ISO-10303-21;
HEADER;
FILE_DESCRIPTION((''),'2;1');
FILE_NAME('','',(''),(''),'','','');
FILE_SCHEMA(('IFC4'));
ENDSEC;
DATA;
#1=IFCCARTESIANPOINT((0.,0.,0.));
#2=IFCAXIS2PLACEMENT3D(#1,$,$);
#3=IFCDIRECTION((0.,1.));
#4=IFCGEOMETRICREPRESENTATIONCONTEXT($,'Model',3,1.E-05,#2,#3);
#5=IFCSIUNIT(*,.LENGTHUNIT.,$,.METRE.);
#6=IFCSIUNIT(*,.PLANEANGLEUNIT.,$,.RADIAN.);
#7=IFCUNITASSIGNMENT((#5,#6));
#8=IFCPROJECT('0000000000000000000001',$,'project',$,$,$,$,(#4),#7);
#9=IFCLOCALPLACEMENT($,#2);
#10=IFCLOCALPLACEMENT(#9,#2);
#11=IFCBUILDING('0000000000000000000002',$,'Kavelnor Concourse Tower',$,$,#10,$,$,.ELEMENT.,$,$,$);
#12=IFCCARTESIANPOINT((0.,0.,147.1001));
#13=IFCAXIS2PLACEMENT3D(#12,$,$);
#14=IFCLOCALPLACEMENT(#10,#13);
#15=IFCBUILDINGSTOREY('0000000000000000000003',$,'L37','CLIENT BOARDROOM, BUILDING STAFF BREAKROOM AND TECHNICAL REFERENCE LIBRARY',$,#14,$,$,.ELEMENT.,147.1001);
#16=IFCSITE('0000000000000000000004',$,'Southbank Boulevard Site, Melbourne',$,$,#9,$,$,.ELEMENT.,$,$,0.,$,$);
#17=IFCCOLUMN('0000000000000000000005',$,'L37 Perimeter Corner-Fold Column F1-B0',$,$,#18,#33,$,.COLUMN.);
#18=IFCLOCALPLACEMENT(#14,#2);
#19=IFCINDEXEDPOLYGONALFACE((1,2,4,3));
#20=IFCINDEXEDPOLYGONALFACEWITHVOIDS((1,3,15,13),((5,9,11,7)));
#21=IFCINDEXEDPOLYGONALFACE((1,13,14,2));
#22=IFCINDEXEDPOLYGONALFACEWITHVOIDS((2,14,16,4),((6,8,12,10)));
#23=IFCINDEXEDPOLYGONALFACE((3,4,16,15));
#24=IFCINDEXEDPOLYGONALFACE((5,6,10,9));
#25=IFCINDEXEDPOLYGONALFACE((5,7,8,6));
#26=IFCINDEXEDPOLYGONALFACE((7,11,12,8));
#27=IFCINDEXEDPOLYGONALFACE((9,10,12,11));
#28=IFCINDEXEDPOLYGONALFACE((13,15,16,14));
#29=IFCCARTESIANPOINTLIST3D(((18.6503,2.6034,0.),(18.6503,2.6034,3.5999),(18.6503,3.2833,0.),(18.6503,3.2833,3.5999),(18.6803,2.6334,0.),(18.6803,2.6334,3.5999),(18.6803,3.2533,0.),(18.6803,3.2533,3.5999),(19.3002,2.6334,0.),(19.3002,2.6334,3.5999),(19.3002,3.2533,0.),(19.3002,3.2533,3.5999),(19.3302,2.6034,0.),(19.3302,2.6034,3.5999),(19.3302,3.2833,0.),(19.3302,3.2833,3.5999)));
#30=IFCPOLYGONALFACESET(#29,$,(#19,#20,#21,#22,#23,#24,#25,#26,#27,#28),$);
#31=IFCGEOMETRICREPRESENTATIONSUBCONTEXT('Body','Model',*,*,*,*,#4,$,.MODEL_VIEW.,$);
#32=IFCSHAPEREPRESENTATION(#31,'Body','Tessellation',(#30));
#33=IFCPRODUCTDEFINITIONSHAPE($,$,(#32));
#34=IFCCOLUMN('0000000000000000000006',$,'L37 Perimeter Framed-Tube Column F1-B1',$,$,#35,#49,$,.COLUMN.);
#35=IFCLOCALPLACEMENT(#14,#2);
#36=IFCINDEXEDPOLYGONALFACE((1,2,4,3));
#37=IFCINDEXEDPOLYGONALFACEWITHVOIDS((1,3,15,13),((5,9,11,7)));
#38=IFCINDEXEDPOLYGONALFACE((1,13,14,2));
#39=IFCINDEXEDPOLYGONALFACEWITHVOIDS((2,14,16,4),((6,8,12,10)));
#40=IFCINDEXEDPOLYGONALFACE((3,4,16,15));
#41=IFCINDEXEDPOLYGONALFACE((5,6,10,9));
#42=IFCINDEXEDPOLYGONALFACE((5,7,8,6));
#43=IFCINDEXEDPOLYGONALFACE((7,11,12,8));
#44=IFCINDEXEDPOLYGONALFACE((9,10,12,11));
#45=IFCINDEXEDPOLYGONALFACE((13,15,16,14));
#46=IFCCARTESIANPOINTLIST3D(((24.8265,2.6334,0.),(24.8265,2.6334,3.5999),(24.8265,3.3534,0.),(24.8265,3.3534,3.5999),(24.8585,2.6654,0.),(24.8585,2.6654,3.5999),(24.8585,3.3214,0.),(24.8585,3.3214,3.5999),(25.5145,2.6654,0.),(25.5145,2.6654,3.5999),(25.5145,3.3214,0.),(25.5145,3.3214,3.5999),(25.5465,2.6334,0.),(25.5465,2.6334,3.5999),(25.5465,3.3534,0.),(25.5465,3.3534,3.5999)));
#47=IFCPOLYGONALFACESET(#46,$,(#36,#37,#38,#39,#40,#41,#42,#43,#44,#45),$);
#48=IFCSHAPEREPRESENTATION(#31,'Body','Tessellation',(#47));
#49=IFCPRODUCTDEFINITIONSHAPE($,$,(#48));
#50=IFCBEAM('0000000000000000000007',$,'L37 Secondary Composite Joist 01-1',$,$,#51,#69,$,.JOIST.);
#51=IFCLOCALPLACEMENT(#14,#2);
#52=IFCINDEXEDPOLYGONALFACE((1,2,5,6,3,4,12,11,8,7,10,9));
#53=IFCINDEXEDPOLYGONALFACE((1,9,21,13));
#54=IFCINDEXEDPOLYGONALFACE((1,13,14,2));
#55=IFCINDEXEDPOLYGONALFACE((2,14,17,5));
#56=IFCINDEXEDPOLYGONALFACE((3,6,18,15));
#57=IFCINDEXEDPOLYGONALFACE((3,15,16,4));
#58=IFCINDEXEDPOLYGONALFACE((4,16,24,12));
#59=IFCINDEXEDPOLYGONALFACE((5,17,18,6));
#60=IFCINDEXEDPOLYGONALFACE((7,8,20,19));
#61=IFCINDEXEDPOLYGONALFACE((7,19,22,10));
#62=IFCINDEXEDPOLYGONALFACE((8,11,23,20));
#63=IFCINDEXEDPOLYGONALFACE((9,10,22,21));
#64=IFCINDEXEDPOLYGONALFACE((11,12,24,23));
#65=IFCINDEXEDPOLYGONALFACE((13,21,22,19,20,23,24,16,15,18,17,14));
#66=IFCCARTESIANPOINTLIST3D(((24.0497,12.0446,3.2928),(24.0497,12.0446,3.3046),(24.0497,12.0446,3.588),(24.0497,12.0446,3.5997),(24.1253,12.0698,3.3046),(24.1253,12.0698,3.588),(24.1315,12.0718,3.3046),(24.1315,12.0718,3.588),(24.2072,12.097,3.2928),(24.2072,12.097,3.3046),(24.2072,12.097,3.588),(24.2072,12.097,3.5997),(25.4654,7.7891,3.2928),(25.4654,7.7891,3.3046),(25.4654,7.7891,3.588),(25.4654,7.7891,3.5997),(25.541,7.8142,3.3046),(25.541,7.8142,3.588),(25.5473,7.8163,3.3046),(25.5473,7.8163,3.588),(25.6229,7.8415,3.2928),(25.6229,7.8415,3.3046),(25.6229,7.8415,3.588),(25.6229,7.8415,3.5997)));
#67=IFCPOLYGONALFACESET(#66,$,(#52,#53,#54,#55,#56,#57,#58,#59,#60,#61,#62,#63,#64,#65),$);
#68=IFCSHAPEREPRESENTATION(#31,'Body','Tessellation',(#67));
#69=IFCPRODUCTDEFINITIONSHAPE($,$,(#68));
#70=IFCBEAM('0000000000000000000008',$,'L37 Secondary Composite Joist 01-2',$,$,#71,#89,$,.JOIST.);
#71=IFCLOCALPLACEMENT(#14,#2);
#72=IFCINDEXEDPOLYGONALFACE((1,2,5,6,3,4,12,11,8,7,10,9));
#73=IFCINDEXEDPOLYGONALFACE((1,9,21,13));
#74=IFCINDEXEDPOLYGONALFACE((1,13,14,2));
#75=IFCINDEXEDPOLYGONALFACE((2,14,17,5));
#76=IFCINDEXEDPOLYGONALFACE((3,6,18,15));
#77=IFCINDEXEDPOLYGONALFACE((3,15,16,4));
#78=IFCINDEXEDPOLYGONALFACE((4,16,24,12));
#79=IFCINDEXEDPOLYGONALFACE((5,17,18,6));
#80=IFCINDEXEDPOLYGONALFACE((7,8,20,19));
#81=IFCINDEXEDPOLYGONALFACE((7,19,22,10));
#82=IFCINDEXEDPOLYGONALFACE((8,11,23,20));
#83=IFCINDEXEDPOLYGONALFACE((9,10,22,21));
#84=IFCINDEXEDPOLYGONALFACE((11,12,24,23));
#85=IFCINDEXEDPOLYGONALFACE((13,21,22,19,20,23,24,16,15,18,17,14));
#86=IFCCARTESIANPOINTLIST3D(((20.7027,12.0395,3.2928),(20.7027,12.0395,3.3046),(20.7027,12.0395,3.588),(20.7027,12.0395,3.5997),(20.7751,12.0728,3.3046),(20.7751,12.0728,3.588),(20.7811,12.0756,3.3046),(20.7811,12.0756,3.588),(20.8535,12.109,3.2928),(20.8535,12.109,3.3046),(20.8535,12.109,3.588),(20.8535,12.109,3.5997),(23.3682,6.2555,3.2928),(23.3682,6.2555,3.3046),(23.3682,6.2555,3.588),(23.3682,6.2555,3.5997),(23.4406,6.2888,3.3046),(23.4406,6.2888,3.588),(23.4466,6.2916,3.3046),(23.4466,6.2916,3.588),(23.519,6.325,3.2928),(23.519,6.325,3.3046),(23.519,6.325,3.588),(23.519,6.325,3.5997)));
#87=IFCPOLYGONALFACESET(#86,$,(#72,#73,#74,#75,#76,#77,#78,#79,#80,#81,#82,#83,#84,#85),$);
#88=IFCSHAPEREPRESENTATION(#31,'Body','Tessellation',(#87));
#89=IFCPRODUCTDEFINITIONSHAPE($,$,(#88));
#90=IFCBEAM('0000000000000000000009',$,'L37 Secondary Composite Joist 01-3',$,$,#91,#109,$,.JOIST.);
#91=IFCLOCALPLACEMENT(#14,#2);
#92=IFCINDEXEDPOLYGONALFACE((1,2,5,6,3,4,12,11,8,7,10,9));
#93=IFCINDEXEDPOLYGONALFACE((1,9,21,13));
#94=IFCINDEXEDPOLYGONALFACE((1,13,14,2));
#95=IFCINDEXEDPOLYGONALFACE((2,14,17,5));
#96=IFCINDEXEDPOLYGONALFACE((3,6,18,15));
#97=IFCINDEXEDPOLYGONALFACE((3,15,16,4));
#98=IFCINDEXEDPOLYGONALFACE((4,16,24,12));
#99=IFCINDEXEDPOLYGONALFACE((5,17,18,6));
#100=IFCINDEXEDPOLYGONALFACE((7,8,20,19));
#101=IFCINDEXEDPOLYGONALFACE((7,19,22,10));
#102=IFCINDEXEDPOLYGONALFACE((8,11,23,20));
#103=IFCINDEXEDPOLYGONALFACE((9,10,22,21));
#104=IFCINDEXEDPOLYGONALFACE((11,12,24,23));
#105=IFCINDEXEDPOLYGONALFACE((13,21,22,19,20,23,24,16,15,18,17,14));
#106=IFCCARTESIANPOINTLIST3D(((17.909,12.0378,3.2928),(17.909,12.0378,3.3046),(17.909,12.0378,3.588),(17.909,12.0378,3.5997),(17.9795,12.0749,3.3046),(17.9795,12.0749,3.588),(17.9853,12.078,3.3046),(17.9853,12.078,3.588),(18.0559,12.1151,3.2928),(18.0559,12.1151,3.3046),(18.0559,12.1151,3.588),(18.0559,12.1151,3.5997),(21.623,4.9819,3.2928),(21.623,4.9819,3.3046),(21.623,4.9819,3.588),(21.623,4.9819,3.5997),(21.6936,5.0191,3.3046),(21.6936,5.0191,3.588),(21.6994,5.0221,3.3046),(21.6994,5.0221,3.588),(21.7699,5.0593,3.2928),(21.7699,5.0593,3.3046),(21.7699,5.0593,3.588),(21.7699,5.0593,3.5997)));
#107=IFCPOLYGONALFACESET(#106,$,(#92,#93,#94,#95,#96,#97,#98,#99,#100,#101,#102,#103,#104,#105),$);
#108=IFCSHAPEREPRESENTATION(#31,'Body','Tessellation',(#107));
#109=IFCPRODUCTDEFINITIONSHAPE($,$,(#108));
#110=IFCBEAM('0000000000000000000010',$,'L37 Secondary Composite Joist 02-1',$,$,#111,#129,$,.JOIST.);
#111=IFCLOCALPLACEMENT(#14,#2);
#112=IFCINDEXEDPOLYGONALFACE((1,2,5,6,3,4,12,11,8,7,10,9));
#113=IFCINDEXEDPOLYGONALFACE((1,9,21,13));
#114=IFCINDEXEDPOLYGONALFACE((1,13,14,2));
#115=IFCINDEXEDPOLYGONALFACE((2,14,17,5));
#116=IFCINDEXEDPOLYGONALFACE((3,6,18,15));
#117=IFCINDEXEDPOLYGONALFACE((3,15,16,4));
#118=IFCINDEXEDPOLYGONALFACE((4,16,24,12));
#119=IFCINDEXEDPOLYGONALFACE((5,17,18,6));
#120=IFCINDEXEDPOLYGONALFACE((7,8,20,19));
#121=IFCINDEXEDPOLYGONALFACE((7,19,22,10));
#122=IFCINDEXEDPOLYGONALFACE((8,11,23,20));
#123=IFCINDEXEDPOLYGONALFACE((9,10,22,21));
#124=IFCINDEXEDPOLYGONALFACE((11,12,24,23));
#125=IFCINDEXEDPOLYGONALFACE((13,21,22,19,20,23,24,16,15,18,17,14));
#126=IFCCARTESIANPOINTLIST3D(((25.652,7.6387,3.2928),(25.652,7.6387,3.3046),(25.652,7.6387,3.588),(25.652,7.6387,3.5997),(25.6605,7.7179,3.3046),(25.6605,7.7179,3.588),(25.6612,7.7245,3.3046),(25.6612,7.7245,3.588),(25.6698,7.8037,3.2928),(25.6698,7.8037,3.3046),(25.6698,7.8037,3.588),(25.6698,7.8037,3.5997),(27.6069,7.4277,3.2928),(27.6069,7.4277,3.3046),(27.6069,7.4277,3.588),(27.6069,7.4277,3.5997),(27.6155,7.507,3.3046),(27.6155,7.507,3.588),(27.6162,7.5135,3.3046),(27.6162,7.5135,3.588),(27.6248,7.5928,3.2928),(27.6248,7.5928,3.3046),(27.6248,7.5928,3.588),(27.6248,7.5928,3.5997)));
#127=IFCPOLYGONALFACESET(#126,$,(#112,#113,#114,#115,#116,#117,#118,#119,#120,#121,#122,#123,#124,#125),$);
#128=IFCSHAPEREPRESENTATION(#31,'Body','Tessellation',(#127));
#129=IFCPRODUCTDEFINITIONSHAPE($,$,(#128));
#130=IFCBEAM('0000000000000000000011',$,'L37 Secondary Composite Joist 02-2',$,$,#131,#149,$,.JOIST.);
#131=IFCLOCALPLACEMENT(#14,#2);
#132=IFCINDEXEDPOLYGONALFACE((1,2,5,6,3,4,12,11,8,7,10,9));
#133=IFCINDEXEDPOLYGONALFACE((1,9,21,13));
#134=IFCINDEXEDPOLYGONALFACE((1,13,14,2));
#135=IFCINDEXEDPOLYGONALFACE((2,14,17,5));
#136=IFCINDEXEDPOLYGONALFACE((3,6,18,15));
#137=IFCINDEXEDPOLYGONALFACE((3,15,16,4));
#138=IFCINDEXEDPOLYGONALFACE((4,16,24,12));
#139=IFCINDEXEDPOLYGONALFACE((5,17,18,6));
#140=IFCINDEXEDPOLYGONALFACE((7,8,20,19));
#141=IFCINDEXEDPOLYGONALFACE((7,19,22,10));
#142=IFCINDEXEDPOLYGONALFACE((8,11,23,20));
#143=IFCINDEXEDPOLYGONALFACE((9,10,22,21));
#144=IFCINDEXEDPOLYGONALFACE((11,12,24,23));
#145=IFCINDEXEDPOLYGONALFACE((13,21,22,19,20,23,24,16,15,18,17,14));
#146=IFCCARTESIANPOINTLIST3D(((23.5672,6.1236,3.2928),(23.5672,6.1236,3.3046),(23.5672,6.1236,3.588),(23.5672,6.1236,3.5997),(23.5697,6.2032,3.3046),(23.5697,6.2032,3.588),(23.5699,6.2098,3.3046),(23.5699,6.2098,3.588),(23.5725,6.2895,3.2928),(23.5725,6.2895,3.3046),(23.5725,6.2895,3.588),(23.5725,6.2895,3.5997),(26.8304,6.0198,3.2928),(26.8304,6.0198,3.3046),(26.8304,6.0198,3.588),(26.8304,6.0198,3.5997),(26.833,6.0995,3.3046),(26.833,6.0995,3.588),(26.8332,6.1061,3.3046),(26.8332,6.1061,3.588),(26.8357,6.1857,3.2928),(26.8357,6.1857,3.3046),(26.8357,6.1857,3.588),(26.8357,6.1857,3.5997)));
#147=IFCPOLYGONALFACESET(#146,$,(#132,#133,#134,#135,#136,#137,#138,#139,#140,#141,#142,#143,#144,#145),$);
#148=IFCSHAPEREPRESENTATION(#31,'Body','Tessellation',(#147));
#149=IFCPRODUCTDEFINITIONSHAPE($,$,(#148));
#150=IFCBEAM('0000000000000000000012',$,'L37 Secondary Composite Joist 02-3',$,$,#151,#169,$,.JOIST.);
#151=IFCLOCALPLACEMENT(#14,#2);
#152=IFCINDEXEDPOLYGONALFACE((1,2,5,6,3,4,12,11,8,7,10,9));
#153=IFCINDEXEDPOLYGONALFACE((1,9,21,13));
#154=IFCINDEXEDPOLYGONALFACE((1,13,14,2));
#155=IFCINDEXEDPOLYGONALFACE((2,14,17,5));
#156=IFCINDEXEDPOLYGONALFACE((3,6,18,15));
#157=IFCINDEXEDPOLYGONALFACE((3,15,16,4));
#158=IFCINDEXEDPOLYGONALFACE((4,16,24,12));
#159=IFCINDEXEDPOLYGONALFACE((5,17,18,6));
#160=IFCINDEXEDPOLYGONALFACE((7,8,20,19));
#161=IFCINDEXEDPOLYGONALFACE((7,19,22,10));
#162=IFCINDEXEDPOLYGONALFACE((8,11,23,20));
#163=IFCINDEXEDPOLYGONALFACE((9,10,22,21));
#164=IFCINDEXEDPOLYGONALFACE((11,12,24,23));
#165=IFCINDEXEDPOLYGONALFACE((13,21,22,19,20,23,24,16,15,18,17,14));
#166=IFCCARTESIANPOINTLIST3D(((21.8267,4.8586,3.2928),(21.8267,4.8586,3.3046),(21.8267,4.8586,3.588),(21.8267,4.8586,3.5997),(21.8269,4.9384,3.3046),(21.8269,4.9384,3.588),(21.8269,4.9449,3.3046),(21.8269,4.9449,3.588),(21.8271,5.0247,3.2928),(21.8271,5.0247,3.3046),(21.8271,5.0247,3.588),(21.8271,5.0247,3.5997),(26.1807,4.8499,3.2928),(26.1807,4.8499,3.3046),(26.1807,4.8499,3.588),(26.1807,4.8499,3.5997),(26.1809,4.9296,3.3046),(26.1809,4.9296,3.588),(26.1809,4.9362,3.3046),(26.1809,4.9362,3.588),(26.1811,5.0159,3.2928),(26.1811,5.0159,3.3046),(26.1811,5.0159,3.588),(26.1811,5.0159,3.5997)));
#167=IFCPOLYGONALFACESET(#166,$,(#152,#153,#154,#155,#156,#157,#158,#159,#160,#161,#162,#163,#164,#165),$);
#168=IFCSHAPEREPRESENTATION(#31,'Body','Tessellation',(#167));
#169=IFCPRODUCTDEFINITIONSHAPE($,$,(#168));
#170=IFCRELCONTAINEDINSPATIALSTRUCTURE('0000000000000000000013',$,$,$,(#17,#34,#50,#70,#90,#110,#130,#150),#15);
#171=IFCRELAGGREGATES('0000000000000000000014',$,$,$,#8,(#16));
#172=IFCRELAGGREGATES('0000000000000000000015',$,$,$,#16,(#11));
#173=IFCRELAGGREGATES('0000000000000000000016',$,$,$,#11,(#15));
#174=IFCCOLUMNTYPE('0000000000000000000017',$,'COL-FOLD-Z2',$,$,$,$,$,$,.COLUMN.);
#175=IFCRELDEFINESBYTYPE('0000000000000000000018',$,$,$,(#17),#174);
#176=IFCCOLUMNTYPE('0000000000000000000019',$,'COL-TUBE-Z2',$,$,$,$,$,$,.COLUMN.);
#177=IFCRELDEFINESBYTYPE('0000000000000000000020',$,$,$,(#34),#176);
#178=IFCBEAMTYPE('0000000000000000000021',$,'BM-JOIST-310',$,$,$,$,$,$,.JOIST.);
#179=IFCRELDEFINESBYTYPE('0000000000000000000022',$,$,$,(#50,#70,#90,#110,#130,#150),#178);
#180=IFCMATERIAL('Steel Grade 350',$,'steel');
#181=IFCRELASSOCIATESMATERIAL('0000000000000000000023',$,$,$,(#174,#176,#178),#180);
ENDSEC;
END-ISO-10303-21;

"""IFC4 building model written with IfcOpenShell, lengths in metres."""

from ifc_helpers import new_model, si_unit, direction, frame, origin, origin_2d, place, context, subcontext, project, spatial, hollow_rectangle, i_section, extrude, material, material_profile, profile_set, type_object, element, save


model = new_model("IFC4")

# Units and contexts
model_context = context("Model", 3, precision=1e-05, world=origin(), true_north=direction((0.0, 1.0)))
body_context = subcontext(model_context, "Body", "Model", "MODEL_VIEW")
ifc_project = project(units=[si_unit("LENGTHUNIT", "METRE"), si_unit("PLANEANGLEUNIT", "RADIAN")], contexts=[model_context])

# Site, building, storey
site_placement = place(None, origin())
site = spatial("IfcSite", under=ifc_project, at=site_placement, Name="Southbank Boulevard Site, Melbourne", CompositionType="ELEMENT", RefElevation=0.0)
building_placement = place(site_placement, origin())
building = spatial("IfcBuilding", under=site, at=building_placement, Name="Kavelnor Concourse Tower", CompositionType="ELEMENT")
storey_placement = place(building_placement, frame((0.0, 0.0, 147.1001)))
storey = spatial("IfcBuildingStorey", under=building, at=storey_placement, Name="L37", Description="CLIENT BOARDROOM, BUILDING STAFF BREAKROOM AND TECHNICAL REFERENCE LIBRARY", CompositionType="ELEMENT", Elevation=147.1001)

# Columns
ifc_material_1 = material(Name="Steel Grade 350", Category="steel")
ifc_material_profile_1 = material_profile(ifc_material_1, hollow_rectangle(XDim=0.6799, YDim=0.6799, WallThickness=0.03, at=origin_2d()), Name="SHS 680x680x30")
ifc_profile_set_1 = profile_set([ifc_material_profile_1], Name="Steel Grade 350")
column_type_1 = type_object("IfcColumnType", Name="COL-FOLD-Z2", PredefinedType="COLUMN", material=ifc_profile_set_1)
column_1_placement = place(storey_placement, frame((18.9902, 2.9434, 0.0), z_axis=(0.0, 0.0, 1.0), x_axis=(1.0, 0.0, 0.0)))
element("IfcColumn", 1, at=column_1_placement, inside=storey, type_object=column_type_1, Name="L37 Perimeter Corner-Fold Column F1-B0", PredefinedType="COLUMN", context=body_context, shape_type="SweptSolid", body=[
    extrude(hollow_rectangle(XDim=0.6799, YDim=0.6799, WallThickness=0.03, at=origin_2d()), origin(), (0.0, 0.0, 1.0), 3.5999),
])
ifc_material_profile_2 = material_profile(ifc_material_1, hollow_rectangle(XDim=0.72, YDim=0.72, WallThickness=0.032, at=origin_2d()), Name="SHS 720x720x32")
ifc_profile_set_2 = profile_set([ifc_material_profile_2], Name="Steel Grade 350")
column_type_2 = type_object("IfcColumnType", Name="COL-TUBE-Z2", PredefinedType="COLUMN", material=ifc_profile_set_2)
column_2_placement = place(storey_placement, frame((25.1865, 2.9934, 0.0), z_axis=(0.0, 0.0, 1.0), x_axis=(1.0, 0.0, 0.0)))
element("IfcColumn", 2, at=column_2_placement, inside=storey, type_object=column_type_2, Name="L37 Perimeter Framed-Tube Column F1-B1", PredefinedType="COLUMN", context=body_context, shape_type="SweptSolid", body=[
    extrude(hollow_rectangle(XDim=0.72, YDim=0.72, WallThickness=0.032, at=origin_2d()), origin(), (0.0, 0.0, 1.0), 3.5999),
])

# Beams
ifc_material_profile_3 = material_profile(ifc_material_1, i_section(OverallWidth=0.166, OverallDepth=0.3069, WebThickness=0.0066, FlangeThickness=0.0117, at=origin_2d()), Name="310UB46")
ifc_profile_set_3 = profile_set([ifc_material_profile_3], Name="Steel Grade 350")
beam_type_1 = type_object("IfcBeamType", Name="BM-JOIST-310", PredefinedType="JOIST", material=ifc_profile_set_3)
beam_1_placement = place(storey_placement, frame((24.1284, 12.0708, 3.4463), z_axis=(0.315672, -0.948868, 0.0), x_axis=(0.948868, 0.315672, 0.0)))
element("IfcBeam", 3, at=beam_1_placement, inside=storey, type_object=beam_type_1, Name="L37 Secondary Composite Joist 01-1", PredefinedType="JOIST", context=body_context, shape_type="SweptSolid", body=[
    extrude(i_section(OverallWidth=0.166, OverallDepth=0.3069, WebThickness=0.0066, FlangeThickness=0.0117, at=origin_2d()), origin(), (0.0, 0.0, 1.0), 4.4849),
])
beam_2_placement = place(storey_placement, frame((20.7781, 12.0742, 3.4463), z_axis=(0.418543, -0.908197, 0.0), x_axis=(0.908197, 0.418543, 0.0)))
element("IfcBeam", 4, at=beam_2_placement, inside=storey, type_object=beam_type_1, Name="L37 Secondary Composite Joist 01-2", PredefinedType="JOIST", context=body_context, shape_type="SweptSolid", body=[
    extrude(i_section(OverallWidth=0.166, OverallDepth=0.3069, WebThickness=0.0066, FlangeThickness=0.0117, at=origin_2d()), origin(), (0.0, 0.0, 1.0), 6.3687),
])
beam_3_placement = place(storey_placement, frame((17.9824, 12.0764, 3.4463), z_axis=(0.465793, -0.884894, 0.0), x_axis=(0.884894, 0.465793, 0.0)))
element("IfcBeam", 5, at=beam_3_placement, inside=storey, type_object=beam_type_1, Name="L37 Secondary Composite Joist 01-3", PredefinedType="JOIST", context=body_context, shape_type="SweptSolid", body=[
    extrude(i_section(OverallWidth=0.166, OverallDepth=0.3069, WebThickness=0.0066, FlangeThickness=0.0117, at=origin_2d()), origin(), (0.0, 0.0, 1.0), 7.9736),
])
beam_4_placement = place(storey_placement, frame((25.6609, 7.7212, 3.4463), z_axis=(0.99423, -0.10727, 0.0), x_axis=(0.10727, 0.99423, 0.0)))
element("IfcBeam", 6, at=beam_4_placement, inside=storey, type_object=beam_type_1, Name="L37 Secondary Composite Joist 02-1", PredefinedType="JOIST", context=body_context, shape_type="SweptSolid", body=[
    extrude(i_section(OverallWidth=0.166, OverallDepth=0.3069, WebThickness=0.0066, FlangeThickness=0.0117, at=origin_2d()), origin(), (0.0, 0.0, 1.0), 1.9663),
])
beam_5_placement = place(storey_placement, frame((23.5698, 6.2065, 3.4463), z_axis=(0.999495, -0.031781, 0.0), x_axis=(0.031781, 0.999495, 0.0)))
element("IfcBeam", 7, at=beam_5_placement, inside=storey, type_object=beam_type_1, Name="L37 Secondary Composite Joist 02-2", PredefinedType="JOIST", context=body_context, shape_type="SweptSolid", body=[
    extrude(i_section(OverallWidth=0.166, OverallDepth=0.3069, WebThickness=0.0066, FlangeThickness=0.0117, at=origin_2d()), origin(), (0.0, 0.0, 1.0), 3.2649),
])
beam_6_placement = place(storey_placement, frame((21.8269, 4.9417, 3.4463), z_axis=(0.999998, -0.002019, 0.0), x_axis=(0.002019, 0.999998, 0.0)))
element("IfcBeam", 8, at=beam_6_placement, inside=storey, type_object=beam_type_1, Name="L37 Secondary Composite Joist 02-3", PredefinedType="JOIST", context=body_context, shape_type="SweptSolid", body=[
    extrude(i_section(OverallWidth=0.166, OverallDepth=0.3069, WebThickness=0.0066, FlangeThickness=0.0117, at=origin_2d()), origin(), (0.0, 0.0, 1.0), 4.354),
])

save(model, "model.ifc")
